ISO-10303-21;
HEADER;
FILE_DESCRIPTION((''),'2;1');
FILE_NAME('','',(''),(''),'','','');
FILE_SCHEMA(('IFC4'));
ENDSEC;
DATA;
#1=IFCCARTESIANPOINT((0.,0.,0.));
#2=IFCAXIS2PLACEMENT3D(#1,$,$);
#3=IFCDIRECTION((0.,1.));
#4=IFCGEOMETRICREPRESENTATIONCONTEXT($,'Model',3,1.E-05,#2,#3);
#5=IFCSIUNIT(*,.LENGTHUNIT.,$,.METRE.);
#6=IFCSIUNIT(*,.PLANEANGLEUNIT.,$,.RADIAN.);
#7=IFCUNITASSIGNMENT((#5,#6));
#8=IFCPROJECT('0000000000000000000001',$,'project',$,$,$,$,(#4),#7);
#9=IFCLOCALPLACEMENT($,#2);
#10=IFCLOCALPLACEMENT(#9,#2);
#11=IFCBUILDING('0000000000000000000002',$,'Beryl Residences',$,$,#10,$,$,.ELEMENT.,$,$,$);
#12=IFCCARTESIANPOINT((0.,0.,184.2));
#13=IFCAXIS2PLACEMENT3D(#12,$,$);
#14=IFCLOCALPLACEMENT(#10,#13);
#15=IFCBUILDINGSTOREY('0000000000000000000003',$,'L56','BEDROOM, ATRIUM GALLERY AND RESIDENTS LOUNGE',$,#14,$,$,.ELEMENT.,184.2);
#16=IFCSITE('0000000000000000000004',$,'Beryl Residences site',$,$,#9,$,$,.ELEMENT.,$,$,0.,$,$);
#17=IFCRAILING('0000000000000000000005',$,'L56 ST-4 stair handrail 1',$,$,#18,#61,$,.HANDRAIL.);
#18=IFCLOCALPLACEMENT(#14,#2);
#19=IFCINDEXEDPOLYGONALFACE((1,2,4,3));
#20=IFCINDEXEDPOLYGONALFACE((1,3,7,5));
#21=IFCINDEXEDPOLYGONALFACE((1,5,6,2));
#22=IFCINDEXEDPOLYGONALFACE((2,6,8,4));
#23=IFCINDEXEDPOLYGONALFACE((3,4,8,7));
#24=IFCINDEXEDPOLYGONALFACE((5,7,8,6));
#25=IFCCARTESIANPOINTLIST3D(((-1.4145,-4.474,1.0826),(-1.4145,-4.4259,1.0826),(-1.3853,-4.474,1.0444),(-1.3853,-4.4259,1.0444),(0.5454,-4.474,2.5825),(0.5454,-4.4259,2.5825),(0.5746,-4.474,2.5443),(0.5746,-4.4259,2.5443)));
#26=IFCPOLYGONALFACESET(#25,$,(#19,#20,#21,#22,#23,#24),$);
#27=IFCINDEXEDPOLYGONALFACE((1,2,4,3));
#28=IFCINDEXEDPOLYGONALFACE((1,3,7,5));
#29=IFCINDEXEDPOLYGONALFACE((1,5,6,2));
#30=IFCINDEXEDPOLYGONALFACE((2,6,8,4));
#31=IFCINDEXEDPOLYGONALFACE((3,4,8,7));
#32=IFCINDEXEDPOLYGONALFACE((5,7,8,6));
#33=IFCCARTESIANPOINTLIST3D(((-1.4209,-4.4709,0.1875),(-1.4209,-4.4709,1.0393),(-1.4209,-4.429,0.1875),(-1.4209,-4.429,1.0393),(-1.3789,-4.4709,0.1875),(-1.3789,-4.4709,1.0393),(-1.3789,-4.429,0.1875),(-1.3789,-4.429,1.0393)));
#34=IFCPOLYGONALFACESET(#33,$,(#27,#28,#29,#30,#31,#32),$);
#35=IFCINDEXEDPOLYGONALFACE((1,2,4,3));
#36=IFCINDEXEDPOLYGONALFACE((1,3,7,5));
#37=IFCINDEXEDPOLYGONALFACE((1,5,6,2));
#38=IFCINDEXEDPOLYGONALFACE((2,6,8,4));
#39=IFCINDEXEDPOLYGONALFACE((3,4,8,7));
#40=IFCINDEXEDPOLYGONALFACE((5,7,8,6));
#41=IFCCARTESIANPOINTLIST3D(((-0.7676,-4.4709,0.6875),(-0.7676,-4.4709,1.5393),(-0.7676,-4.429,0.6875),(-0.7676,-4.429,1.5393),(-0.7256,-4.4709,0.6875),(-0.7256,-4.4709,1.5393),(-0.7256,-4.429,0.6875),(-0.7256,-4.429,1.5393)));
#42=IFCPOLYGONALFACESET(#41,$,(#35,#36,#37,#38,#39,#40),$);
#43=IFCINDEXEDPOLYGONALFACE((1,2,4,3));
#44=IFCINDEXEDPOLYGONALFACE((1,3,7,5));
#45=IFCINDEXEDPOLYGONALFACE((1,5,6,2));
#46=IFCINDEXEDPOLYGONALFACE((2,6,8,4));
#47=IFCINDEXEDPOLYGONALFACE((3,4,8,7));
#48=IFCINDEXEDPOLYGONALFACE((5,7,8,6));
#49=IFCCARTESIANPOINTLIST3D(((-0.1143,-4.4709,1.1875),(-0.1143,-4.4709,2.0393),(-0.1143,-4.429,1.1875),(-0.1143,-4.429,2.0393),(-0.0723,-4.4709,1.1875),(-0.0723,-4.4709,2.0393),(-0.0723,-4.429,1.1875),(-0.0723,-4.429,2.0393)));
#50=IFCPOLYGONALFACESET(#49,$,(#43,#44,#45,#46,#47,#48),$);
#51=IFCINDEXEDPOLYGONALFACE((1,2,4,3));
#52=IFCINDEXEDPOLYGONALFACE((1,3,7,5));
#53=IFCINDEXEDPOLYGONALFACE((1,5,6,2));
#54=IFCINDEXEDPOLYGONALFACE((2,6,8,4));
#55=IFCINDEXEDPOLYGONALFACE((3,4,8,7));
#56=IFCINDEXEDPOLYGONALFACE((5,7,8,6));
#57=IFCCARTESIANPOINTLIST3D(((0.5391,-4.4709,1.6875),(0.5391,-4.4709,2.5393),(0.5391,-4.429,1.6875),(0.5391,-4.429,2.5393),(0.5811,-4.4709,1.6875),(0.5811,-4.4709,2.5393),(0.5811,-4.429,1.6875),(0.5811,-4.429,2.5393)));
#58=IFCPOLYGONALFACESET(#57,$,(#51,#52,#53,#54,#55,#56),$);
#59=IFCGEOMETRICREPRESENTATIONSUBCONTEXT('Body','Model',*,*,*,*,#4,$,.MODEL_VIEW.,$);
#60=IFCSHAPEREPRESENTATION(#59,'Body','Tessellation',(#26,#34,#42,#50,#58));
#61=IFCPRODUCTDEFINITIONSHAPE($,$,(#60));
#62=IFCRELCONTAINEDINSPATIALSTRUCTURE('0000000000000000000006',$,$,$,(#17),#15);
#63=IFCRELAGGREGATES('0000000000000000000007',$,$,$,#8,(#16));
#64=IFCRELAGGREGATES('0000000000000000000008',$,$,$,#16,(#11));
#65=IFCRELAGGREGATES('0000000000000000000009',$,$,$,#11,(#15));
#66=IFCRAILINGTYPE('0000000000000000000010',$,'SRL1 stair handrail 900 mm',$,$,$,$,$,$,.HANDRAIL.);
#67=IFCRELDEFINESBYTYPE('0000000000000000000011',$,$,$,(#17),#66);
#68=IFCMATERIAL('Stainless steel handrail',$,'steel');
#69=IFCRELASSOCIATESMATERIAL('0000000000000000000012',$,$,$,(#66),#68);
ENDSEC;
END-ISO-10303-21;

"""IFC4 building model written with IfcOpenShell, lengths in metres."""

from ifc_helpers import new_model, si_unit, direction, frame, origin, origin_2d, place, context, subcontext, project, spatial, rectangle, extrude, material, type_object, element, save


model = new_model("IFC4")

# Units and contexts
model_context = context("Model", 3, precision=1e-05, world=origin(), true_north=direction((0.0, 1.0)))
body_context = subcontext(model_context, "Body", "Model", "MODEL_VIEW")
ifc_project = project(units=[si_unit("LENGTHUNIT", "METRE"), si_unit("PLANEANGLEUNIT", "RADIAN")], contexts=[model_context])

# Site, building, storey
site_placement = place(None, origin())
site = spatial("IfcSite", under=ifc_project, at=site_placement, Name="Beryl Residences site", CompositionType="ELEMENT", RefElevation=0.0)
building_placement = place(site_placement, origin())
building = spatial("IfcBuilding", under=site, at=building_placement, Name="Beryl Residences", CompositionType="ELEMENT")
storey_placement = place(building_placement, frame((0.0, 0.0, 184.2)))
storey = spatial("IfcBuildingStorey", under=building, at=storey_placement, Name="L56", Description="BEDROOM, ATRIUM GALLERY AND RESIDENTS LOUNGE", CompositionType="ELEMENT", Elevation=184.2)

# Railing
ifc_material_1 = material(Name="Stainless steel handrail", Category="steel")
railing_type_1 = type_object("IfcRailingType", Name="SRL1 stair handrail 900 mm", PredefinedType="HANDRAIL", material=ifc_material_1)
railing_1_placement = place(storey_placement, frame((-1.3999, -4.45, 0.1875)))
element("IfcRailing", 1, at=railing_1_placement, inside=storey, type_object=railing_type_1, Name="L56 ST-4 stair handrail 1", PredefinedType="HANDRAIL", context=body_context, shape_type="SweptSolid", body=[
    extrude(rectangle(XDim=0.0481, YDim=0.0481, at=origin_2d()), frame((0.0, 0.0, 0.876), z_axis=(0.794122, 0.0, 0.607758), x_axis=(0.0, 1.0, 0.0)), (0.0, 0.0, 1.0), 2.468),
    extrude(rectangle(XDim=0.042, YDim=0.042, at=origin_2d()), origin(), (0.0, 0.0, 1.0), 0.8518),
    extrude(rectangle(XDim=0.042, YDim=0.042, at=origin_2d()), frame((0.6533, 0.0, 0.5)), (0.0, 0.0, 1.0), 0.8518),
    extrude(rectangle(XDim=0.042, YDim=0.042, at=origin_2d()), frame((1.3066, 0.0, 1.0)), (0.0, 0.0, 1.0), 0.8518),
    extrude(rectangle(XDim=0.042, YDim=0.042, at=origin_2d()), frame((1.96, 0.0, 1.5)), (0.0, 0.0, 1.0), 0.8518),
])

save(model, "model.ifc")
